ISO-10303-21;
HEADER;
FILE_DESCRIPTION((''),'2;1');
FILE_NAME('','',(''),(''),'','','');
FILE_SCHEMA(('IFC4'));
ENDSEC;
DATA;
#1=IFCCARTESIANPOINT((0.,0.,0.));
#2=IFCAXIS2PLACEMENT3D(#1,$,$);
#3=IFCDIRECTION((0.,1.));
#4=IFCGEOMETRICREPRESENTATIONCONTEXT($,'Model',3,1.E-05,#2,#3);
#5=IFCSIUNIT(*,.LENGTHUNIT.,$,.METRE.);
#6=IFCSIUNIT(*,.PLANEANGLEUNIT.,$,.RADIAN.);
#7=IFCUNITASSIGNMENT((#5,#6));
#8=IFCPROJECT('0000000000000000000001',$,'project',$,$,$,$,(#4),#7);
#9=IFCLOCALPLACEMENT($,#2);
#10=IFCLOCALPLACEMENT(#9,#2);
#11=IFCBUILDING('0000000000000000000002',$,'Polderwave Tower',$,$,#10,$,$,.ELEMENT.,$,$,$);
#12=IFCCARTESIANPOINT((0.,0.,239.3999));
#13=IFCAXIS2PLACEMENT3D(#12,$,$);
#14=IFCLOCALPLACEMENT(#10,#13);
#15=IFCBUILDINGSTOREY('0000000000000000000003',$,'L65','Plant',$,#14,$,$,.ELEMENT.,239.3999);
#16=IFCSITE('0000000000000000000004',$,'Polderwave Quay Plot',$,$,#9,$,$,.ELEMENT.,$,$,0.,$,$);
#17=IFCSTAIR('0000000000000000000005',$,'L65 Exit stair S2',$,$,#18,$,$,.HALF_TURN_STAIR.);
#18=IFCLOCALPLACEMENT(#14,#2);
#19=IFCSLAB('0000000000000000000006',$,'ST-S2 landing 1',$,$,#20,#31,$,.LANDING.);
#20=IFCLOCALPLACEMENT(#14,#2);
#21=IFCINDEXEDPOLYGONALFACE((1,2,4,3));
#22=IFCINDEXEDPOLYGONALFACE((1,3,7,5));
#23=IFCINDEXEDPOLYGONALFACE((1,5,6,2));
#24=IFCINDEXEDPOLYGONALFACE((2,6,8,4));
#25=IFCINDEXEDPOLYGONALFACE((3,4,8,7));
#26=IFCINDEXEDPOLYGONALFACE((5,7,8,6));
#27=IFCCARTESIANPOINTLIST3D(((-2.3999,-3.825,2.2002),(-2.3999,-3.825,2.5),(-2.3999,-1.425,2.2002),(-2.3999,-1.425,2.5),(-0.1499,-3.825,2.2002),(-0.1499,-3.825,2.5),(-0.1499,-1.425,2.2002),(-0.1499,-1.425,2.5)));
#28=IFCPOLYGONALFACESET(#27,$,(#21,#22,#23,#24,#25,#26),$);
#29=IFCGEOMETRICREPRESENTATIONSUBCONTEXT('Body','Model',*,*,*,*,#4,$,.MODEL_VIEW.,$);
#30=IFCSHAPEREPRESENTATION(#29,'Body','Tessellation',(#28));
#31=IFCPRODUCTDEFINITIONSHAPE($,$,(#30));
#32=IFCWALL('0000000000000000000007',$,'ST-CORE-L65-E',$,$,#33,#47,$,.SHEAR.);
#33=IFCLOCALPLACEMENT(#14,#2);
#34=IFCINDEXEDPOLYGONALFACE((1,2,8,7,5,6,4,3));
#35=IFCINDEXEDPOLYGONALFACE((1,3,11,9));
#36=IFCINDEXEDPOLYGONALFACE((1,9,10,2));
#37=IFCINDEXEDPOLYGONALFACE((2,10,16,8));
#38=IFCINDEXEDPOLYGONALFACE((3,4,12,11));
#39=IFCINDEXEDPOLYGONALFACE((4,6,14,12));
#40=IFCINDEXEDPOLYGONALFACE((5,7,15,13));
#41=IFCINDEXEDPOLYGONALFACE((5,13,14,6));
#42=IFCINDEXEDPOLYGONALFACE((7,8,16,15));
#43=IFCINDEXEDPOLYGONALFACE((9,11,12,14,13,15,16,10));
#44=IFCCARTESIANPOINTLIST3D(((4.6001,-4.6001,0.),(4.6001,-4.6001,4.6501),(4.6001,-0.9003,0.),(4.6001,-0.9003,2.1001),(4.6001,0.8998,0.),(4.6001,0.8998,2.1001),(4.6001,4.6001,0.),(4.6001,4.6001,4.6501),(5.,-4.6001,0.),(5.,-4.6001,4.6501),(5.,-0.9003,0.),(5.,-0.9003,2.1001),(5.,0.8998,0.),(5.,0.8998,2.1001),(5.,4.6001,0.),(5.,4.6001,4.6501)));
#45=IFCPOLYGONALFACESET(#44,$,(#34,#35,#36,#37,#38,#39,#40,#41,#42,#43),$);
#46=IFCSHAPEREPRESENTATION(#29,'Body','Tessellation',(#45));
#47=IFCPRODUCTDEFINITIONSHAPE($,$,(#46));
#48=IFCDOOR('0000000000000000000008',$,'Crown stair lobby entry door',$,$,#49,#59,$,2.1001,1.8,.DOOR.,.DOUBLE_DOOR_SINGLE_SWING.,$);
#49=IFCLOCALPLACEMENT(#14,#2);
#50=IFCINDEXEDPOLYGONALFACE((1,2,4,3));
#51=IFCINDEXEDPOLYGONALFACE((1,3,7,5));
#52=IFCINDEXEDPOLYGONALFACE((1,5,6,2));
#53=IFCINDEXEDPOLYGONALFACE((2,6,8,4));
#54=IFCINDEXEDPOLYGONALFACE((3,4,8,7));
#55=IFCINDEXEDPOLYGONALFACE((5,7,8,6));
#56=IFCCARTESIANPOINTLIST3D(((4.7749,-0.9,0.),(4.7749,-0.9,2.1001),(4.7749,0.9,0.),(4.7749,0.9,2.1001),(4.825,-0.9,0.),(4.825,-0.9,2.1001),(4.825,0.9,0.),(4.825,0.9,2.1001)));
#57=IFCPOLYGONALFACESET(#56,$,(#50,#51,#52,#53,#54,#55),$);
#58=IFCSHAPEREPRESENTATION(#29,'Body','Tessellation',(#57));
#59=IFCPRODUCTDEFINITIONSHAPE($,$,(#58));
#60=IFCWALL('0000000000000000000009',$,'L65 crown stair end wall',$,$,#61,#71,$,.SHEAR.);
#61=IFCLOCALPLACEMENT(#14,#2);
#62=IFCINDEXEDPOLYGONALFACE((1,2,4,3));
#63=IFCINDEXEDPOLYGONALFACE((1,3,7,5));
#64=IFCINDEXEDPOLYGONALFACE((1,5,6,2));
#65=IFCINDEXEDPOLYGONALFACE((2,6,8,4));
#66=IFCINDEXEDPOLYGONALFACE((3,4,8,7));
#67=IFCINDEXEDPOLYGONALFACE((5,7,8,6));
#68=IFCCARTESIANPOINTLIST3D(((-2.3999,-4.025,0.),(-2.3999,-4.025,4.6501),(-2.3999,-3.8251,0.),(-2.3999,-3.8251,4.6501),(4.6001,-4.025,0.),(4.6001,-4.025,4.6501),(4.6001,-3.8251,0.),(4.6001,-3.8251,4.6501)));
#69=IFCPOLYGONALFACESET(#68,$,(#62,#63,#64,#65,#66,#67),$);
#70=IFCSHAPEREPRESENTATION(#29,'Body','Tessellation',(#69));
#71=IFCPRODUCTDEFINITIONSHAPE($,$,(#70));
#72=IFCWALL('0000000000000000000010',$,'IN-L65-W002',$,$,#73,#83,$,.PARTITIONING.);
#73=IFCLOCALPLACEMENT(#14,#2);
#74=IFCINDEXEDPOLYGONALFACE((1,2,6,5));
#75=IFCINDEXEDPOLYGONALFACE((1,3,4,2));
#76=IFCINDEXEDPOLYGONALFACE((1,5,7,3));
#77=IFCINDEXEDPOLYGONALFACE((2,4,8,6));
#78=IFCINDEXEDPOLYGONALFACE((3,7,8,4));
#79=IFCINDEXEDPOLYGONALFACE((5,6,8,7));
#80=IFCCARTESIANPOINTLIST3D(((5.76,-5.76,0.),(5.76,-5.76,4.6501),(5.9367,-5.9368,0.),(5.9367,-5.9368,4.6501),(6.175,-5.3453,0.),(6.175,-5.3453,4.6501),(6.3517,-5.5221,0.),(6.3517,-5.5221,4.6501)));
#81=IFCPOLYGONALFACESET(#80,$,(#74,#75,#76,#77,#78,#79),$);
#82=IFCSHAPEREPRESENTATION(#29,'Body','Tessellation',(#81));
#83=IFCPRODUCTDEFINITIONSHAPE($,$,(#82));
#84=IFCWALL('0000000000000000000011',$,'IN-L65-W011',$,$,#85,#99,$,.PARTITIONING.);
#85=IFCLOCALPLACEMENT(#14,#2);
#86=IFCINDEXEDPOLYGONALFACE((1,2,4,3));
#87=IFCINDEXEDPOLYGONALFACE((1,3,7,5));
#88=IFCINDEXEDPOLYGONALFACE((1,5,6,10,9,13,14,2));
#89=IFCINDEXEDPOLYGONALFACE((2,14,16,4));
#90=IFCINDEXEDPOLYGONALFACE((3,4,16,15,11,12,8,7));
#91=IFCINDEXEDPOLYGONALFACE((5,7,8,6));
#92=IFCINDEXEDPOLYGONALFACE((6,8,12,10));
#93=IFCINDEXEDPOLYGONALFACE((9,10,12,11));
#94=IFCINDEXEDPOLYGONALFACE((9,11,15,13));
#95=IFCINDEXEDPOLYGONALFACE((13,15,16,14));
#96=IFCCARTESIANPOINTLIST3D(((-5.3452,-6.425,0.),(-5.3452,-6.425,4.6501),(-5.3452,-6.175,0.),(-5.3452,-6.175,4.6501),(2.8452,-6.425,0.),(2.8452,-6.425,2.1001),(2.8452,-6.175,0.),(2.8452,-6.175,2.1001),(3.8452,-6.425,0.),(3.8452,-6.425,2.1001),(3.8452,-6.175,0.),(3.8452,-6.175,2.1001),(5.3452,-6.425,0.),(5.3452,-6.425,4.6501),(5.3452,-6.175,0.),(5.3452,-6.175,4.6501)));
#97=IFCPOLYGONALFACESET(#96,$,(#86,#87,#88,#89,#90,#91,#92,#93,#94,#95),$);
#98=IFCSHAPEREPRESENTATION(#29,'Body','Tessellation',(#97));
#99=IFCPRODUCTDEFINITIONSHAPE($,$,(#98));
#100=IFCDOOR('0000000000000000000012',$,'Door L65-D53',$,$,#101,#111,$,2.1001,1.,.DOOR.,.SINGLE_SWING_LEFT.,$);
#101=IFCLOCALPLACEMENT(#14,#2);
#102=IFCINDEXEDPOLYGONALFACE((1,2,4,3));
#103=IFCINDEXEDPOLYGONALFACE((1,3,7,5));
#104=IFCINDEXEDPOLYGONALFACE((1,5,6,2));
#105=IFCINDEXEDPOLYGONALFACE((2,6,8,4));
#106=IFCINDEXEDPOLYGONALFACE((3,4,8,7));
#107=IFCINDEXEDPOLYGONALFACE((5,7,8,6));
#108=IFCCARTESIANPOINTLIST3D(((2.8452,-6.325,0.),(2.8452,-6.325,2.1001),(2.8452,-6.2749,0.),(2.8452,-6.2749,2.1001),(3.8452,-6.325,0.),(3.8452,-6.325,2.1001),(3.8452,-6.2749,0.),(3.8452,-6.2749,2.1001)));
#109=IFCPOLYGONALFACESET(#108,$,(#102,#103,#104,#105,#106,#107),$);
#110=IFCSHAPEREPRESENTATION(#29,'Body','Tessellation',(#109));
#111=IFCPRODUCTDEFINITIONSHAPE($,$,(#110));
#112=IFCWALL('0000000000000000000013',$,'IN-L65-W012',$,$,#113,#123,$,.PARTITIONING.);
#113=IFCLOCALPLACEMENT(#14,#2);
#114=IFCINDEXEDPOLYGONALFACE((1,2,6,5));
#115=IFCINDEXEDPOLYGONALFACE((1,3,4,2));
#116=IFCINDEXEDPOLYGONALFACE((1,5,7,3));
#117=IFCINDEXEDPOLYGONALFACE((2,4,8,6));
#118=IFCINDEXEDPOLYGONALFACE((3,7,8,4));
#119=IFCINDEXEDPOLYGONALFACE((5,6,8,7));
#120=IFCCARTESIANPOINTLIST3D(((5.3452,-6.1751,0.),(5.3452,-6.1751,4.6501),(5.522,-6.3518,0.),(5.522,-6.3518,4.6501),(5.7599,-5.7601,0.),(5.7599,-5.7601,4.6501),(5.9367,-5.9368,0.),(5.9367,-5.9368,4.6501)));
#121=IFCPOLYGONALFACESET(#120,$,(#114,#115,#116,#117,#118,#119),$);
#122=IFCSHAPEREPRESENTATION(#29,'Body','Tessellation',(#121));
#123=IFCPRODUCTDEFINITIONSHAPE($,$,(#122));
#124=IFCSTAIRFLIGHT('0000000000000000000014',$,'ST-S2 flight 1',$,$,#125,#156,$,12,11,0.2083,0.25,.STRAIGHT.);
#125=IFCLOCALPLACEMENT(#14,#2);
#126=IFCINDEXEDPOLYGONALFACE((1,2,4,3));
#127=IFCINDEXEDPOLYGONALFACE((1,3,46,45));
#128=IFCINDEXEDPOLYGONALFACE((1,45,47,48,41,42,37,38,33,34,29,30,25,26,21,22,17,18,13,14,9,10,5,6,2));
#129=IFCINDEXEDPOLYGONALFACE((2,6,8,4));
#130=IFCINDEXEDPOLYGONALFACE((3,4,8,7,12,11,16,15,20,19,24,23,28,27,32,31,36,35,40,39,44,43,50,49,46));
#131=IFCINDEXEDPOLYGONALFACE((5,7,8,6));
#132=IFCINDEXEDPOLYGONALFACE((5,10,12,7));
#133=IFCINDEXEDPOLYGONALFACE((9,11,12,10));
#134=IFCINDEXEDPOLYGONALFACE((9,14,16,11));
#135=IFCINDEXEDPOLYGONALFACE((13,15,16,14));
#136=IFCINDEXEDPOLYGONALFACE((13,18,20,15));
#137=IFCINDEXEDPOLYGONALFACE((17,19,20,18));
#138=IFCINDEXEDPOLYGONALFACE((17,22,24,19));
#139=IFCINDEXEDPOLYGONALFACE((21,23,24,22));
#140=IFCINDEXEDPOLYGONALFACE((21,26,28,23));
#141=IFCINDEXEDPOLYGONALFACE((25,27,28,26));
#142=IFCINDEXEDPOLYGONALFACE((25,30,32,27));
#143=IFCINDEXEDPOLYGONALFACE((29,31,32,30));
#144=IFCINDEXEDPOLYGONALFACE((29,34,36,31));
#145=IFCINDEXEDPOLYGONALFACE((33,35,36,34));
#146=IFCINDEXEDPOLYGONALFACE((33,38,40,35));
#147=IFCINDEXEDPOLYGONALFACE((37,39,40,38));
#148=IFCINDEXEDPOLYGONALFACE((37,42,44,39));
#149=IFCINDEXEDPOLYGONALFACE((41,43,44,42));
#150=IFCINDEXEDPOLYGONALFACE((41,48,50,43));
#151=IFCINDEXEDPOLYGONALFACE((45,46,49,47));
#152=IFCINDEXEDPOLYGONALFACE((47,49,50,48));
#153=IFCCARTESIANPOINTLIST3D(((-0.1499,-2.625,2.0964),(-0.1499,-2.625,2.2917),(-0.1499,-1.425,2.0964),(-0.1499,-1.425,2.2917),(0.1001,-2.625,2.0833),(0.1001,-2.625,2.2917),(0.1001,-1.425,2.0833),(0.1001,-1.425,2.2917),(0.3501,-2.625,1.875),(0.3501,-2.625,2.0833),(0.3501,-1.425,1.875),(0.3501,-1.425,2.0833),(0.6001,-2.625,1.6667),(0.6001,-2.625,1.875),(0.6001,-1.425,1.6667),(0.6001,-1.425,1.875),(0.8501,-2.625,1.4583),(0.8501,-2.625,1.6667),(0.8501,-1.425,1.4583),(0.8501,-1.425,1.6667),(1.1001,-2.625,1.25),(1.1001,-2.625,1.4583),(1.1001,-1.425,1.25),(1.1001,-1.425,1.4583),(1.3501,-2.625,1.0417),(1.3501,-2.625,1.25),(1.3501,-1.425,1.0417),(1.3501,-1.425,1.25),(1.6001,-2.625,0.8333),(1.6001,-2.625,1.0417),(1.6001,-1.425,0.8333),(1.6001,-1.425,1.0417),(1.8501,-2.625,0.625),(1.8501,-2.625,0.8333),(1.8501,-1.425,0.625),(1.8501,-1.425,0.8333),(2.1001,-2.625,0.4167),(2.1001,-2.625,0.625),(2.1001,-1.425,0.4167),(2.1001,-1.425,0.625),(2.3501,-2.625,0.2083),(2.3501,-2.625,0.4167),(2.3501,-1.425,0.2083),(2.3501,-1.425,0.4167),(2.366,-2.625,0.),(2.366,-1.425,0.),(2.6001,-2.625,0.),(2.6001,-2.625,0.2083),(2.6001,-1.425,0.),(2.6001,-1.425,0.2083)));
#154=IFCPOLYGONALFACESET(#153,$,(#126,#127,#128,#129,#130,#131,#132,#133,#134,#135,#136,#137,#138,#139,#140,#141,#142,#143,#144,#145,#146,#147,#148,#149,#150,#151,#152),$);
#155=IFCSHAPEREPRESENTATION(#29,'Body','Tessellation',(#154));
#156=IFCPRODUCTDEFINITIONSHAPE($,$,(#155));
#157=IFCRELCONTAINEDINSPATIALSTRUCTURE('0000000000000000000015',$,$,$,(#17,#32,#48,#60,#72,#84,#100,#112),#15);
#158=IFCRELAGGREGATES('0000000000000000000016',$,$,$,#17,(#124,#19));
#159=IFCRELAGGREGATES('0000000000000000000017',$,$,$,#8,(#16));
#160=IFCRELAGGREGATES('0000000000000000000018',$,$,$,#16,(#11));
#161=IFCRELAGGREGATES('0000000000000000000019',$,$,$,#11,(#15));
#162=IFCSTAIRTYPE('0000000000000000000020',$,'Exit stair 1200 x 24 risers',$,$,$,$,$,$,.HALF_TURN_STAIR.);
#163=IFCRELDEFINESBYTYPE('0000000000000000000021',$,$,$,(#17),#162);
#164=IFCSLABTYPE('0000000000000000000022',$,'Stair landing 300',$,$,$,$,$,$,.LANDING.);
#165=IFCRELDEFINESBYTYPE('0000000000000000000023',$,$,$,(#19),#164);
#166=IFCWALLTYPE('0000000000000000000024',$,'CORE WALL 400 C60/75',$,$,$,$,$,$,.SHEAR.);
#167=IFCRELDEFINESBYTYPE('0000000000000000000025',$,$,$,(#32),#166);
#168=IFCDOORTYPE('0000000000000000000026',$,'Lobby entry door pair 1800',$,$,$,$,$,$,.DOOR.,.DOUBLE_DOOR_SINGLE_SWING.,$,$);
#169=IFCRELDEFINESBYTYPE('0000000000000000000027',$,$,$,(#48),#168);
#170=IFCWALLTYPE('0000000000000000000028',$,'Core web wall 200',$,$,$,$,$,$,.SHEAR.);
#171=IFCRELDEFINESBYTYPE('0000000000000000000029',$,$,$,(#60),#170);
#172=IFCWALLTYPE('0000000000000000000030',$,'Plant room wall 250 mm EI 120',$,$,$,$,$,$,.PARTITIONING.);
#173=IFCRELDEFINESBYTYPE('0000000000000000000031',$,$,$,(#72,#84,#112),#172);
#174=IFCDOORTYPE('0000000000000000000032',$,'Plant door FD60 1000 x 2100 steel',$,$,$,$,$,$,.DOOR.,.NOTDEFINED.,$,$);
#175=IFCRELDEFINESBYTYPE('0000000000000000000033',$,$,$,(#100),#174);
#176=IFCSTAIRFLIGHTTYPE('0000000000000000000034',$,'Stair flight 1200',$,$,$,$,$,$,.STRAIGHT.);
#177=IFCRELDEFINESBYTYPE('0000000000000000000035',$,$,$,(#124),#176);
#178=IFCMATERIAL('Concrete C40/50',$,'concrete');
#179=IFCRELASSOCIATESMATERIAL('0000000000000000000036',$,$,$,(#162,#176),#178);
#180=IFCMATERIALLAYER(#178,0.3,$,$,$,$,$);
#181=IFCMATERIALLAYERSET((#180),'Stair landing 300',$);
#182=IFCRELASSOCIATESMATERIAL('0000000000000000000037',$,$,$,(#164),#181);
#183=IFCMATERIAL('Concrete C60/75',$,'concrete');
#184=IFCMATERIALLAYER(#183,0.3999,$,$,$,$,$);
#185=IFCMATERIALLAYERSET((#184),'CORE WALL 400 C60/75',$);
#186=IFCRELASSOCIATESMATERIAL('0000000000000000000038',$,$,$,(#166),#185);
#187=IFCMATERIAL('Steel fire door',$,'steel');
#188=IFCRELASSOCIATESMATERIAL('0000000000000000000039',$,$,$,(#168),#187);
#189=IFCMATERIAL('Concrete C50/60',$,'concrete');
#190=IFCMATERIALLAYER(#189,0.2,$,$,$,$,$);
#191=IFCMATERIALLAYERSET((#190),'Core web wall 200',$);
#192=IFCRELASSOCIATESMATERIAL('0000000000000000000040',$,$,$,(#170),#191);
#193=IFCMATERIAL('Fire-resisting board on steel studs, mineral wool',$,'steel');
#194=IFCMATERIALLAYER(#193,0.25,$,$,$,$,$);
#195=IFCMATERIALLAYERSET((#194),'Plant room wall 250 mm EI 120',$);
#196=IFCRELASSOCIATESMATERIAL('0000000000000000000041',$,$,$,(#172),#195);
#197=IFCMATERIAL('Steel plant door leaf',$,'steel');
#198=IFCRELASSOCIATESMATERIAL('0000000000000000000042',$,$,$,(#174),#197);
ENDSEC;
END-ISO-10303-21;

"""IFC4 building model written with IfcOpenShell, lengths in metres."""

from ifc_helpers import new_model, si_unit, direction, frame, frame_2d, origin, place, context, subcontext, project, spatial, polyline, rectangle, outline, extrude, material, layer, layer_set, type_object, element, fill, aggregate, save


model = new_model("IFC4")

# Units and contexts
model_context = context("Model", 3, precision=1e-05, world=origin(), true_north=direction((0.0, 1.0)))
body_context = subcontext(model_context, "Body", "Model", "MODEL_VIEW")
ifc_project = project(units=[si_unit("LENGTHUNIT", "METRE"), si_unit("PLANEANGLEUNIT", "RADIAN")], contexts=[model_context])

# Site, building, storey
site_placement = place(None, origin())
site = spatial("IfcSite", under=ifc_project, at=site_placement, Name="Polderwave Quay Plot", CompositionType="ELEMENT", RefElevation=0.0)
building_placement = place(site_placement, origin())
building = spatial("IfcBuilding", under=site, at=building_placement, Name="Polderwave Tower", CompositionType="ELEMENT")
storey_placement = place(building_placement, frame((0.0, 0.0, 239.3999)))
storey = spatial("IfcBuildingStorey", under=building, at=storey_placement, Name="L65", Description="Plant", CompositionType="ELEMENT", Elevation=239.3999)

# Shared definitions
ifc_material_1 = material(Name="Concrete C50/60", Category="concrete")

# Stair, slab
ifc_material_2 = material(Name="Concrete C40/50", Category="concrete")
stair_type = type_object("IfcStairType", Name="Exit stair 1200 x 24 risers", PredefinedType="HALF_TURN_STAIR", material=ifc_material_2)
ifc_layer_1 = layer(ifc_material_2, 0.3)
ifc_layer_set_1 = layer_set([ifc_layer_1], Name="Stair landing 300")
slab_type_1 = type_object("IfcSlabType", Name="Stair landing 300", PredefinedType="LANDING", material=ifc_layer_set_1)
stair_1_placement = place(storey_placement, origin())
stair_1 = element("IfcStair", 1, at=stair_1_placement, inside=storey, type_object=stair_type, Name="L65 Exit stair S2", PredefinedType="HALF_TURN_STAIR")
slab_1_placement = place(storey_placement, frame((0.0, 0.0, 2.2002)))
slab_1 = element("IfcSlab", 2, at=slab_1_placement, type_object=slab_type_1, Name="ST-S2 landing 1", PredefinedType="LANDING", context=body_context, shape_type="SweptSolid", body=[
    extrude(outline(polyline([(-0.1499, -1.425), (-2.3999, -1.425), (-2.3999, -3.825), (-0.1499, -3.825), (-0.1499, -1.425)])), origin(), (0.0, 0.0, 1.0), 0.2998),
])

# Wall, opening, door
ifc_material_3 = material(Name="Concrete C60/75", Category="concrete")
ifc_layer_2 = layer(ifc_material_3, 0.3999)
ifc_layer_set_2 = layer_set([ifc_layer_2], Name="CORE WALL 400 C60/75")
wall_type_1 = type_object("IfcWallType", Name="CORE WALL 400 C60/75", PredefinedType="SHEAR", material=ifc_layer_set_2)
wall_1_placement = place(storey_placement, frame((4.8, -4.6001, 0.0), z_axis=(0.0, 0.0, 1.0), x_axis=(0.0, 1.0, 0.0)))
wall_1 = element("IfcWall", 3, at=wall_1_placement, inside=storey, type_object=wall_type_1, Name="ST-CORE-L65-E", PredefinedType="SHEAR", context=body_context, shape_type="SweptSolid", body=[
    extrude(rectangle(XDim=9.2002, YDim=0.3999, at=frame_2d((4.6001, 0.0))), origin(), (0.0, 0.0, 1.0), 4.6501),
])
opening_1_placement = place(wall_1_placement, frame((3.7, 0.0, 0.0)))
opening_1 = element("IfcOpeningElement", 4, at=opening_1_placement, cuts=wall_1, PredefinedType="OPENING", context=body_context, shape_type="SweptSolid", body=[
    extrude(rectangle(XDim=1.8, YDim=2.1001, at=frame_2d((0.8999, 1.05))), frame((0.0, 0.21, 0.0), z_axis=(0.0, -1.0, 0.0), x_axis=(1.0, 0.0, 0.0)), (0.0, 0.0, 1.0), 0.4199),
])
ifc_material_4 = material(Name="Steel fire door", Category="steel")
door_type_1 = type_object("IfcDoorType", Name="Lobby entry door pair 1800", OperationType="DOUBLE_DOOR_SINGLE_SWING", PredefinedType="DOOR", material=ifc_material_4)
door_1_placement = place(opening_1_placement, frame((1.8, 0.0, 0.0), z_axis=(0.0, 0.0, 1.0), x_axis=(-1.0, 0.0, 0.0)))
door_1 = element("IfcDoor", 5, at=door_1_placement, inside=storey, type_object=door_type_1, Name="Crown stair lobby entry door", OperationType="DOUBLE_DOOR_SINGLE_SWING", OverallHeight=2.1001, OverallWidth=1.8, PredefinedType="DOOR", context=body_context, shape_type="SweptSolid", body=[
    extrude(rectangle(XDim=1.8, YDim=2.1001, at=frame_2d((0.8999, 1.05))), frame((0.0, 0.0249, 0.0), z_axis=(0.0, -1.0, 0.0), x_axis=(1.0, 0.0, 0.0)), (0.0, 0.0, 1.0), 0.05),
])
fill(opening_1, door_1)

# Walls
ifc_layer_3 = layer(ifc_material_1, 0.2)
ifc_layer_set_3 = layer_set([ifc_layer_3], Name="Core web wall 200")
wall_type_2 = type_object("IfcWallType", Name="Core web wall 200", PredefinedType="SHEAR", material=ifc_layer_set_3)
wall_2_placement = place(storey_placement, frame((4.6001, -3.925, 0.0), z_axis=(0.0, 0.0, 1.0), x_axis=(-1.0, 0.0, 0.0)))
element("IfcWall", 6, at=wall_2_placement, inside=storey, type_object=wall_type_2, Name="L65 crown stair end wall", PredefinedType="SHEAR", context=body_context, shape_type="SweptSolid", body=[
    extrude(rectangle(XDim=7.0, YDim=0.2, at=frame_2d((3.5, 0.0))), origin(), (0.0, 0.0, 1.0), 4.6501),
])
ifc_material_5 = material(Name="Fire-resisting board on steel studs, mineral wool", Category="steel")
ifc_layer_4 = layer(ifc_material_5, 0.25)
ifc_layer_set_4 = layer_set([ifc_layer_4], Name="Plant room wall 250 mm EI 120")
wall_type_3 = type_object("IfcWallType", Name="Plant room wall 250 mm EI 120", PredefinedType="PARTITIONING", material=ifc_layer_set_4)
wall_3_placement = place(storey_placement, frame((6.2634, -5.4336, 0.0), z_axis=(0.0, 0.0, 1.0), x_axis=(-0.707315, -0.706899, 0.0)))
element("IfcWall", 7, at=wall_3_placement, inside=storey, type_object=wall_type_3, Name="IN-L65-W002", PredefinedType="PARTITIONING", context=body_context, shape_type="SweptSolid", body=[
    extrude(rectangle(XDim=0.5867, YDim=0.25, at=frame_2d((0.2935, 0.0))), origin(), (0.0, 0.0, 1.0), 4.6501),
])

# Wall, opening, door
wall_4_placement = place(storey_placement, frame((5.3452, -6.3, 0.0), z_axis=(0.0, 0.0, 1.0), x_axis=(-1.0, 0.0, 0.0)))
wall_4 = element("IfcWall", 8, at=wall_4_placement, inside=storey, type_object=wall_type_3, Name="IN-L65-W011", PredefinedType="PARTITIONING", context=body_context, shape_type="SweptSolid", body=[
    extrude(rectangle(XDim=10.6904, YDim=0.25, at=frame_2d((5.3452, 0.0))), origin(), (0.0, 0.0, 1.0), 4.6501),
])
opening_2_placement = place(wall_4_placement, frame((1.5, 0.0, 0.0)))
opening_2 = element("IfcOpeningElement", 9, at=opening_2_placement, cuts=wall_4, PredefinedType="OPENING", context=body_context, shape_type="SweptSolid", body=[
    extrude(rectangle(XDim=1.0, YDim=2.1001, at=frame_2d((0.5, 1.05))), frame((0.0, 0.135, 0.0), z_axis=(0.0, -1.0, 0.0), x_axis=(1.0, 0.0, 0.0)), (0.0, 0.0, 1.0), 0.27),
])
ifc_material_6 = material(Name="Steel plant door leaf", Category="steel")
door_type_2 = type_object("IfcDoorType", Name="Plant door FD60 1000 x 2100 steel", OperationType="NOTDEFINED", PredefinedType="DOOR", material=ifc_material_6)
door_2_placement = place(opening_2_placement, origin())
door_2 = element("IfcDoor", 10, at=door_2_placement, inside=storey, type_object=door_type_2, Name="Door L65-D53", OperationType="SINGLE_SWING_LEFT", OverallHeight=2.1001, OverallWidth=1.0, PredefinedType="DOOR", context=body_context, shape_type="SweptSolid", body=[
    extrude(rectangle(XDim=1.0, YDim=2.1001, at=frame_2d((0.5, 1.05))), frame((0.0, 0.0249, 0.0), z_axis=(0.0, -1.0, 0.0), x_axis=(1.0, 0.0, 0.0)), (0.0, 0.0, 1.0), 0.05),
])
fill(opening_2, door_2)

# Wall
wall_5_placement = place(storey_placement, frame((5.8484, -5.8484, 0.0), z_axis=(0.0, 0.0, 1.0), x_axis=(-0.706899, -0.707315, 0.0)))
element("IfcWall", 11, at=wall_5_placement, inside=storey, type_object=wall_type_3, Name="IN-L65-W012", PredefinedType="PARTITIONING", context=body_context, shape_type="SweptSolid", body=[
    extrude(rectangle(XDim=0.5867, YDim=0.25, at=frame_2d((0.2935, 0.0))), origin(), (0.0, 0.0, 1.0), 4.6501),
])

# Stair flight
stair_flight_type = type_object("IfcStairFlightType", Name="Stair flight 1200", PredefinedType="STRAIGHT", material=ifc_material_2)
stair_flight_placement = place(storey_placement, frame((2.6001, -2.0249, 0.0), z_axis=(0.0, 0.0, 1.0), x_axis=(-1.0, 0.0, 0.0)))
stair_flight = element("IfcStairFlight", 12, at=stair_flight_placement, type_object=stair_flight_type, Name="ST-S2 flight 1", NumberOfRisers=12, NumberOfTreads=11, PredefinedType="STRAIGHT", RiserHeight=0.2083, TreadLength=0.25, context=body_context, shape_type="SweptSolid", body=[
    extrude(outline(polyline([(0.0, 0.0), (0.0, 0.2083), (0.25, 0.2083), (0.25, 0.4167), (0.5, 0.4167), (0.5, 0.625), (0.75, 0.625), (0.75, 0.8333), (1.0, 0.8333), (1.0, 1.0417), (1.25, 1.0417), (1.25, 1.25), (1.5, 1.25), (1.5, 1.4583), (1.75, 1.4583), (1.75, 1.6667), (2.0, 1.6667), (2.0, 1.875), (2.25, 1.875), (2.25, 2.0833), (2.5, 2.0833), (2.5, 2.2917), (2.75, 2.2917), (2.75, 2.5), (2.75, 2.0964), (0.2341, 0.0), (0.0, 0.0)])), frame((0.0, 0.6001, 0.0), z_axis=(0.0, -1.0, 0.0), x_axis=(1.0, 0.0, 0.0)), (0.0, 0.0, 1.0), 1.2),
])
aggregate(stair_1, [stair_flight, slab_1])

save(model, "model.ifc")
